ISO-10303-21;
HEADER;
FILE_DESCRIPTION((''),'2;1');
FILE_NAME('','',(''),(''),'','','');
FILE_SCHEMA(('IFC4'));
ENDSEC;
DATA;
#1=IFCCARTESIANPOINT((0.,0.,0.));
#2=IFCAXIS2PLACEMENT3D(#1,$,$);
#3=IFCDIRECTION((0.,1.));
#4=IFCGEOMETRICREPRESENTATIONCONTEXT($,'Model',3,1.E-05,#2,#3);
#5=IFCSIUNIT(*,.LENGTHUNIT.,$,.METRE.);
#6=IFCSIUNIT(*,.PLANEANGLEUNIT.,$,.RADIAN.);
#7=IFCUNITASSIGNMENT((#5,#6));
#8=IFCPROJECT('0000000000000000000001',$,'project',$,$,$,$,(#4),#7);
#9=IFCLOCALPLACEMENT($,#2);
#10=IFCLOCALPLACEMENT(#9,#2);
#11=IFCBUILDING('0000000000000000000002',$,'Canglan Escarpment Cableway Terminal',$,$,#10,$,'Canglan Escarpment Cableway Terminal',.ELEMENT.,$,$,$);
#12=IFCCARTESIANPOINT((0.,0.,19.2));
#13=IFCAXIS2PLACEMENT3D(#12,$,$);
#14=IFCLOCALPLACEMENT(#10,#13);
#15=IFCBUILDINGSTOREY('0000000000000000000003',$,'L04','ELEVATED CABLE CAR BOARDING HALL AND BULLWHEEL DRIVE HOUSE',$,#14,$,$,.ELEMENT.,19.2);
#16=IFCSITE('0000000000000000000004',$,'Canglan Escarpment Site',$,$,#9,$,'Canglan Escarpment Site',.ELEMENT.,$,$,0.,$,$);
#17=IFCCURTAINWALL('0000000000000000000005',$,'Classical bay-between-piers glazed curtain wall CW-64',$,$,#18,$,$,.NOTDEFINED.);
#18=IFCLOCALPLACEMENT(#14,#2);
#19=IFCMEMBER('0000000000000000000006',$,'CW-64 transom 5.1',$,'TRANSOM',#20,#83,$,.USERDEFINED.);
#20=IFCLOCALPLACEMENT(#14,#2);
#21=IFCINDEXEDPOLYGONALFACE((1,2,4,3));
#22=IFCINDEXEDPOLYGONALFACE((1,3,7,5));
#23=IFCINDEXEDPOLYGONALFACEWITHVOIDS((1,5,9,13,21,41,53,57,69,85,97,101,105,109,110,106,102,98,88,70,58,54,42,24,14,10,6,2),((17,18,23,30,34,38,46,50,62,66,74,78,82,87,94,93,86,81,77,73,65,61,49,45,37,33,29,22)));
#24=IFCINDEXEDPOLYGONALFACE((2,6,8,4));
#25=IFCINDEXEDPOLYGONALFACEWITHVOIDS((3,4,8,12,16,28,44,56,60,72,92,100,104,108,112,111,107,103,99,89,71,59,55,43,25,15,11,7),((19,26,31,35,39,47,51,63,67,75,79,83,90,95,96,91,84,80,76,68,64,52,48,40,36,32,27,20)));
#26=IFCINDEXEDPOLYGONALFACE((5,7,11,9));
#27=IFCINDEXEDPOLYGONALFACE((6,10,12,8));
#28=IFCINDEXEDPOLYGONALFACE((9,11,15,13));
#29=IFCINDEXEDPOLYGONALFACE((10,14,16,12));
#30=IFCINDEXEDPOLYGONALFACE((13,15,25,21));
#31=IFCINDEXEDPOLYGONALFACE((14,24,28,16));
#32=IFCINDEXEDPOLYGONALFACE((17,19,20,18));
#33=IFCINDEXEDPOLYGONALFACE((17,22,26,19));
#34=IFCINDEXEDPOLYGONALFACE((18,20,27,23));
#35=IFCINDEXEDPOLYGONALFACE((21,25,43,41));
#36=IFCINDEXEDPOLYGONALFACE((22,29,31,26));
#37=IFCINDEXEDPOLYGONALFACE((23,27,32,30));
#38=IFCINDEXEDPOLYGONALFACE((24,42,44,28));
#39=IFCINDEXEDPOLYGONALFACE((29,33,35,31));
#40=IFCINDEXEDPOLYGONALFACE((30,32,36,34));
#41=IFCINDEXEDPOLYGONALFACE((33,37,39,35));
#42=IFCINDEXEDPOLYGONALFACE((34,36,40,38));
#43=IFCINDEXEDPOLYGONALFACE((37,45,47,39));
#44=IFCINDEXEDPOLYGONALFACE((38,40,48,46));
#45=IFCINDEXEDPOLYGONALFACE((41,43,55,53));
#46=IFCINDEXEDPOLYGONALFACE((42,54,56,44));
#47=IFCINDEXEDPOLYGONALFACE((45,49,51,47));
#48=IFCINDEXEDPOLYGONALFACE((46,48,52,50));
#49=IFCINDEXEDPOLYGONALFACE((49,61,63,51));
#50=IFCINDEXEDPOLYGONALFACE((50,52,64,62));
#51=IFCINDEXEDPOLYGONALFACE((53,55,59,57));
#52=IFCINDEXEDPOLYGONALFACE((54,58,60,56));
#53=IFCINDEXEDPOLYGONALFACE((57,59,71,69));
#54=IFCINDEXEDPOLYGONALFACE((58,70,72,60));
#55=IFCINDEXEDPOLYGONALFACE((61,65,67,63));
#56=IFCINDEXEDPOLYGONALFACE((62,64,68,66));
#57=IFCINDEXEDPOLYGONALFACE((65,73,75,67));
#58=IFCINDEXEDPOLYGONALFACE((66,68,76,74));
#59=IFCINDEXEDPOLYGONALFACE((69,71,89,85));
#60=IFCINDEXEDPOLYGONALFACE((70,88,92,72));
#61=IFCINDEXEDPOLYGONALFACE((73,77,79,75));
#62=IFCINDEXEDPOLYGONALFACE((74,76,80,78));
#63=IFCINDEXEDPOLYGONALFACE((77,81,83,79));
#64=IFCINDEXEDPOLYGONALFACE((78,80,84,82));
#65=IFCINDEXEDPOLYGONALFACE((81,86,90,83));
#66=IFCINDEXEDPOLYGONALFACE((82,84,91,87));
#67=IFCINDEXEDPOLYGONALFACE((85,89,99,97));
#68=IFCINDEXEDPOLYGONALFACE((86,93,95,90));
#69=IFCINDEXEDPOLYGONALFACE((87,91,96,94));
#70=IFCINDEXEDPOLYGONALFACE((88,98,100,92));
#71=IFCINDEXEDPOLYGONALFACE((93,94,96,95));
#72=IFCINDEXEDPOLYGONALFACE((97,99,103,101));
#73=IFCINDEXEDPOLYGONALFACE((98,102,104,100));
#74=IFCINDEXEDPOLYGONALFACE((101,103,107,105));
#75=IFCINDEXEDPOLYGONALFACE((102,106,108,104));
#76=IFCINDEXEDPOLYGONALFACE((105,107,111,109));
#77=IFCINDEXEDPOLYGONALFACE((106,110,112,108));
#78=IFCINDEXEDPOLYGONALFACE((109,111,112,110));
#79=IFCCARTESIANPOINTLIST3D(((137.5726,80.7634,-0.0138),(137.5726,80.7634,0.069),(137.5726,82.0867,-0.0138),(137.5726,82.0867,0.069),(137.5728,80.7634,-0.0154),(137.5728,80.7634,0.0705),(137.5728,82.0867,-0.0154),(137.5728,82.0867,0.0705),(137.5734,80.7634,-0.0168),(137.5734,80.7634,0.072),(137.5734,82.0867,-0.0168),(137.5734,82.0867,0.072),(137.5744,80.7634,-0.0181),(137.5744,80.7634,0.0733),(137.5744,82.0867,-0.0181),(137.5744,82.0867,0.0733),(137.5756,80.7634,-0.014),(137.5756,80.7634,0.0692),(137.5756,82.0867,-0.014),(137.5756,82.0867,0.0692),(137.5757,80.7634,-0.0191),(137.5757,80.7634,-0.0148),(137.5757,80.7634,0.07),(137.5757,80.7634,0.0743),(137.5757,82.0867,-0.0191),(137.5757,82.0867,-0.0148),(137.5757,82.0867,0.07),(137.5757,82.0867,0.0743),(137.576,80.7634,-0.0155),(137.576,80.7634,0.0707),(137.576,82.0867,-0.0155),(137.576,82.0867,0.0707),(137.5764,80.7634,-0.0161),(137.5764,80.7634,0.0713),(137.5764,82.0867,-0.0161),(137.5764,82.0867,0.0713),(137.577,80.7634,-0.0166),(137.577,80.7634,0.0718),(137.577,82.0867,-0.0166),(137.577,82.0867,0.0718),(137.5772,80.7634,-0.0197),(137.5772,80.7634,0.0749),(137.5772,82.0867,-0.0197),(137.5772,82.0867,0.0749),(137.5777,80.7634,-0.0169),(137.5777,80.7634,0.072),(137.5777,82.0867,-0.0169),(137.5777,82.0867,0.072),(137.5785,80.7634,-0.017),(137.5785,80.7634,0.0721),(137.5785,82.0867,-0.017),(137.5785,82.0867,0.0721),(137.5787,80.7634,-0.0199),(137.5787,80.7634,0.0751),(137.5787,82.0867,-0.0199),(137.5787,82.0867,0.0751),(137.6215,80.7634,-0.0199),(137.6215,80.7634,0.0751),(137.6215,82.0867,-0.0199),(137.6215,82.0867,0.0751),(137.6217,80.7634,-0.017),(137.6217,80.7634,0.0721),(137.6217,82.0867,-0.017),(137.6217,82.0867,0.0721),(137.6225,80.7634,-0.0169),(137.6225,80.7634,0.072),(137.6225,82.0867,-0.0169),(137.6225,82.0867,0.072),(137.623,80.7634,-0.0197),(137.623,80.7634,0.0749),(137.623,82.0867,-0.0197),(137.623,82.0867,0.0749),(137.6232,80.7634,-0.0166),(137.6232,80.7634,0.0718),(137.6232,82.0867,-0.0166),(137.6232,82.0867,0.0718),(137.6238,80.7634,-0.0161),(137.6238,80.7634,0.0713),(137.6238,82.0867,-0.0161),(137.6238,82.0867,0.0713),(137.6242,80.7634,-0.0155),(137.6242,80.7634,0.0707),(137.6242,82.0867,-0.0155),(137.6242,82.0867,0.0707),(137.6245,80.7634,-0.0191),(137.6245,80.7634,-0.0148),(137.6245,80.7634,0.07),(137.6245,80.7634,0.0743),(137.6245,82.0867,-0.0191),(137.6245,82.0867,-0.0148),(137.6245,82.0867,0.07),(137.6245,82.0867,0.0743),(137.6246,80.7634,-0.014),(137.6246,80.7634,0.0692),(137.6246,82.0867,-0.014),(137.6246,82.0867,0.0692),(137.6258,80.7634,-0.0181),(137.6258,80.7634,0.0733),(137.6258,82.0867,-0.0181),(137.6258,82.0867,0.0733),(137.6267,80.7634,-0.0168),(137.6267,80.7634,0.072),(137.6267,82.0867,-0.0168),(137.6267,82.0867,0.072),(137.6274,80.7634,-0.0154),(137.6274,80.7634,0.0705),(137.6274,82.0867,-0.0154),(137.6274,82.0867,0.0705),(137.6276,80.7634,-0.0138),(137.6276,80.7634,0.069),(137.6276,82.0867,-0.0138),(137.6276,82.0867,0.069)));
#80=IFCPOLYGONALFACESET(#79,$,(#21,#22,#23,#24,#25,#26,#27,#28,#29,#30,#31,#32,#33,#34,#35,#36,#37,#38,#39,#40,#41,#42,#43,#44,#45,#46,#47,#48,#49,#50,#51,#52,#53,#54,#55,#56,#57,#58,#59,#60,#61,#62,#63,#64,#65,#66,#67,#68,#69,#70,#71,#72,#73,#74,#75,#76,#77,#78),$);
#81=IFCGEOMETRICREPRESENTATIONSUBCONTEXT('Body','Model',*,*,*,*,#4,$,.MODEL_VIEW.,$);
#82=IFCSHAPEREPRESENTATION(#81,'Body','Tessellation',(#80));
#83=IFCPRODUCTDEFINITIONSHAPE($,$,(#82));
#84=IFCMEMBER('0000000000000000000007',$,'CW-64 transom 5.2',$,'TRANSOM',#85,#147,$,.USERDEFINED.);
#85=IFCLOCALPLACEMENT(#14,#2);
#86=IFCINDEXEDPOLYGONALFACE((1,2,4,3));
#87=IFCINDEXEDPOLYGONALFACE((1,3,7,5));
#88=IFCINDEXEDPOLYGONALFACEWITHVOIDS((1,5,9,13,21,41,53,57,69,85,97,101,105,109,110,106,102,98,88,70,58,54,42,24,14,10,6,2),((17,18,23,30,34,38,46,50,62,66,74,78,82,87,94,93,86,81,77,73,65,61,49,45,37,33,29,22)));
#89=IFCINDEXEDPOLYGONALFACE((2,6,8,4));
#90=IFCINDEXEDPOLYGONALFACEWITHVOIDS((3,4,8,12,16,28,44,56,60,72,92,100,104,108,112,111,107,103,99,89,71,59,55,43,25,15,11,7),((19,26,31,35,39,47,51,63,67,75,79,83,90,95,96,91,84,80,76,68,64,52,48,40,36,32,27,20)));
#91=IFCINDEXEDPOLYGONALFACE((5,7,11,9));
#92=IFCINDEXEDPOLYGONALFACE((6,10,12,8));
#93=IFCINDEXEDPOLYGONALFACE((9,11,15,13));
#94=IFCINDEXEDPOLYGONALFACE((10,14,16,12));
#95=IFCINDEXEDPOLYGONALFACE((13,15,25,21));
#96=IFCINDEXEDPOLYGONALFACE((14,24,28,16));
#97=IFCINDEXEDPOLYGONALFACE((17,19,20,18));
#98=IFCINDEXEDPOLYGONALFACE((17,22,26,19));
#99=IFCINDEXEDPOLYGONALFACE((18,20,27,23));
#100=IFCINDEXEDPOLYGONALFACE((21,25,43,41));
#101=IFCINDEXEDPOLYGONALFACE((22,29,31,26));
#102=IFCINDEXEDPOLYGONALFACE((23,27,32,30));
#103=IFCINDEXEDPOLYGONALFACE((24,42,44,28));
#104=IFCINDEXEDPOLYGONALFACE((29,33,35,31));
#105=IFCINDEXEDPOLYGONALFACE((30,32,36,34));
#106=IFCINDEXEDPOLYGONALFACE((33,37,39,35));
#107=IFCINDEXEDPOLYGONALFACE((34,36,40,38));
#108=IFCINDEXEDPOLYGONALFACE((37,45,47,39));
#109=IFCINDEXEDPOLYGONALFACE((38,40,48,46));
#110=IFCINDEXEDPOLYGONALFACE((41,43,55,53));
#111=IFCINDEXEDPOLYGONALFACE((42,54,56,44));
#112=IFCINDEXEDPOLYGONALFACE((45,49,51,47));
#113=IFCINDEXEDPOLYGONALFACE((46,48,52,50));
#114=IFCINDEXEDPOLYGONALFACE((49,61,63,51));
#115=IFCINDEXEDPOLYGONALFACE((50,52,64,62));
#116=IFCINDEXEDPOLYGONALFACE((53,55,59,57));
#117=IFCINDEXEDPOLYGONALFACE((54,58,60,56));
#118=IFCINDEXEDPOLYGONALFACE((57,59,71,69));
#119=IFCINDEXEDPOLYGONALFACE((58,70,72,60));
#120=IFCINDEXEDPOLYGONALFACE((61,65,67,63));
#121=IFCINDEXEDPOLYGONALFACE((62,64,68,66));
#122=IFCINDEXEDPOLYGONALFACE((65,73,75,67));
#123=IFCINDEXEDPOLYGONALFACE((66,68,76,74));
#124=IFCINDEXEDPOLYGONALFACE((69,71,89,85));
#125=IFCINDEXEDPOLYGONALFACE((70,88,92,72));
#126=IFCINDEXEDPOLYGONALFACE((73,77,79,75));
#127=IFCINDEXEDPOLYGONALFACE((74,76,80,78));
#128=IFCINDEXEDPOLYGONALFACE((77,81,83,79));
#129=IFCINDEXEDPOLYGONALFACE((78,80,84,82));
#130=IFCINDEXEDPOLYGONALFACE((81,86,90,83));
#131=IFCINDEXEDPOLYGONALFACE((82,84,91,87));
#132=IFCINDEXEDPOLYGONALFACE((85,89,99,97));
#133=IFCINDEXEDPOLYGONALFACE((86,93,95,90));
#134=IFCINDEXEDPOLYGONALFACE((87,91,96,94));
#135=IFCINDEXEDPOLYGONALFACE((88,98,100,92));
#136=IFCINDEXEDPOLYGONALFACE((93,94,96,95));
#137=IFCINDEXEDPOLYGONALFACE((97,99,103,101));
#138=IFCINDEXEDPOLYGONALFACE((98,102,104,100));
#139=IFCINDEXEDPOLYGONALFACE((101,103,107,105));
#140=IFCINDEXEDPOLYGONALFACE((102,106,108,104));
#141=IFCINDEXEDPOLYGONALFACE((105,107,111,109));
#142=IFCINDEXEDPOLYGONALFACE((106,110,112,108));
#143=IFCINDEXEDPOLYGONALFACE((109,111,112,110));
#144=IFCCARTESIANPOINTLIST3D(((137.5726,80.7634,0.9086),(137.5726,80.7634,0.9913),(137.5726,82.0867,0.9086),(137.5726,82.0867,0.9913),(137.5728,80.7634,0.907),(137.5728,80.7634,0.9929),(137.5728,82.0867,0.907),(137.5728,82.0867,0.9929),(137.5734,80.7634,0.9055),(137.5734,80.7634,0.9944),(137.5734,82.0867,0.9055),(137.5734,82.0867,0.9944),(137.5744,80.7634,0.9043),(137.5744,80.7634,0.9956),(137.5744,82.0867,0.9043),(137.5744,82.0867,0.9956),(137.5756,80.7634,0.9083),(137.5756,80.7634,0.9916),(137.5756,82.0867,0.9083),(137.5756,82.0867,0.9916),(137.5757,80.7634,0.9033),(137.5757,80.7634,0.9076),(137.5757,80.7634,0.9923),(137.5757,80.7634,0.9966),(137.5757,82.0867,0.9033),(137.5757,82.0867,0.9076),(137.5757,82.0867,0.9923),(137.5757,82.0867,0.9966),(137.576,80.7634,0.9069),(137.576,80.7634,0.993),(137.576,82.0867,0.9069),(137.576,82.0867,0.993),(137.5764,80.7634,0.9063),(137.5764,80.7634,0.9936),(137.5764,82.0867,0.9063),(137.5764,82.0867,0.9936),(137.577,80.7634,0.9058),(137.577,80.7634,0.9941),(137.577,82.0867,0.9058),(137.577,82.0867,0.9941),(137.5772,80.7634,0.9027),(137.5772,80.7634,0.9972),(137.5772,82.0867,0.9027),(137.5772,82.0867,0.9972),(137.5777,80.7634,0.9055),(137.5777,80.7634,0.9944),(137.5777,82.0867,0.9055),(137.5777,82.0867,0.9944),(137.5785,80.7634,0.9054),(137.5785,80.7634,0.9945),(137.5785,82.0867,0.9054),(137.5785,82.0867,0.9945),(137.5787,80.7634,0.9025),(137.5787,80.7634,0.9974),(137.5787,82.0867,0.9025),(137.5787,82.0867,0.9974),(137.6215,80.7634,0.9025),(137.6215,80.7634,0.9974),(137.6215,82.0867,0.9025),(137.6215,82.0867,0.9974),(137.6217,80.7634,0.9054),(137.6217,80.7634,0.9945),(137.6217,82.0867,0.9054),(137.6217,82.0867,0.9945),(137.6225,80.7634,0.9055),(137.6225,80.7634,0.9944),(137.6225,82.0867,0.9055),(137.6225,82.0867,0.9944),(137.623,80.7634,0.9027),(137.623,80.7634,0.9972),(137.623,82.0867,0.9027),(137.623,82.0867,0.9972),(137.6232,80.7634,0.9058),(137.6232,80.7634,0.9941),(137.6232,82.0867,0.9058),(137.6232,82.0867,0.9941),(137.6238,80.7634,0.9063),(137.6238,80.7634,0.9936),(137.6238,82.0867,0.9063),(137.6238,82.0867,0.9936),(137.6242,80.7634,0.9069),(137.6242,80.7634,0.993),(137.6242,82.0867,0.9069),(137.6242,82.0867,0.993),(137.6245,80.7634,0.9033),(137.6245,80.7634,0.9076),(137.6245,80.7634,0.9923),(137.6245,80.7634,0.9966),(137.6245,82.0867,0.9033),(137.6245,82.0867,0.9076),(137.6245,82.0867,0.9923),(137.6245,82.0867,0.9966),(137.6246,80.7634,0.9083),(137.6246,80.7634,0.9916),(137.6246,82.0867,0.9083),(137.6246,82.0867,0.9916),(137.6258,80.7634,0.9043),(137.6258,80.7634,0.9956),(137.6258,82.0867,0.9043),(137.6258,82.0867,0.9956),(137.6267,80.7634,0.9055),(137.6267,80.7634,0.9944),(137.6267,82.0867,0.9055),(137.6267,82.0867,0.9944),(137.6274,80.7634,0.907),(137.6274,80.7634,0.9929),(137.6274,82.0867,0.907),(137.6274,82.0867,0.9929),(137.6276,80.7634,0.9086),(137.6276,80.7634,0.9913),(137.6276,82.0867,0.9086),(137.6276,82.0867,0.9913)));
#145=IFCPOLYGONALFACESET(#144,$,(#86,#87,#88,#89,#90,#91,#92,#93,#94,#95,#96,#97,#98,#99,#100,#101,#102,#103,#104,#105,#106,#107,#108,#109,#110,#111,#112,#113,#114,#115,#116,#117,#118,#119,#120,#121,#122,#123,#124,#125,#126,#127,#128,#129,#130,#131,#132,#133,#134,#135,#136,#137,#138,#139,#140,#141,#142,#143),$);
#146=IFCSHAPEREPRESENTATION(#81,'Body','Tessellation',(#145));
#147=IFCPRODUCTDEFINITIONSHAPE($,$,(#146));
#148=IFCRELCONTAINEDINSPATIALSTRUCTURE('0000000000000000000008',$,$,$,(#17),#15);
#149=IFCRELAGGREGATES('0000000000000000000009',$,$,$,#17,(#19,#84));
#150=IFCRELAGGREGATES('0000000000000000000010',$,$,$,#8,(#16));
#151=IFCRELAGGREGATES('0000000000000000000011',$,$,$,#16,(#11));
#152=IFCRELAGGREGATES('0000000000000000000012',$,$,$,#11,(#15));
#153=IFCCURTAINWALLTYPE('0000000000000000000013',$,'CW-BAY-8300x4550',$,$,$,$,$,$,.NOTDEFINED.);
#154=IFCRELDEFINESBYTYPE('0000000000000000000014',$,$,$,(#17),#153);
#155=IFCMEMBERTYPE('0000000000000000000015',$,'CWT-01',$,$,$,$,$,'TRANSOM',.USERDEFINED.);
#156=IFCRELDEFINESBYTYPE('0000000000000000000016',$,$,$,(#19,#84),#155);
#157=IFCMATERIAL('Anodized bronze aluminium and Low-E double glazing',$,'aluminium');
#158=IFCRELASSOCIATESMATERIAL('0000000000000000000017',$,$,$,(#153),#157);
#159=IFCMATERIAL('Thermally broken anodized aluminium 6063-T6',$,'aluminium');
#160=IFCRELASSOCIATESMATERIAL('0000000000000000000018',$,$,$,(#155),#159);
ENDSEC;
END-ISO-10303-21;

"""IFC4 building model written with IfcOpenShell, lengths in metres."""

from ifc_helpers import new_model, si_unit, direction, frame, origin, origin_2d, place, context, subcontext, project, spatial, hollow_rectangle, extrude, material, material_profile, profile_set, type_object, element, aggregate, save


model = new_model("IFC4")

# Units and contexts
model_context = context("Model", 3, precision=1e-05, world=origin(), true_north=direction((0.0, 1.0)))
body_context = subcontext(model_context, "Body", "Model", "MODEL_VIEW")
ifc_project = project(units=[si_unit("LENGTHUNIT", "METRE"), si_unit("PLANEANGLEUNIT", "RADIAN")], contexts=[model_context])

# Site, building, storey
site_placement = place(None, origin())
site = spatial("IfcSite", under=ifc_project, at=site_placement, Name="Canglan Escarpment Site", LongName="Canglan Escarpment Site", CompositionType="ELEMENT", RefElevation=0.0)
building_placement = place(site_placement, origin())
building = spatial("IfcBuilding", under=site, at=building_placement, Name="Canglan Escarpment Cableway Terminal", LongName="Canglan Escarpment Cableway Terminal", CompositionType="ELEMENT")
storey_placement = place(building_placement, frame((0.0, 0.0, 19.2)))
storey = spatial("IfcBuildingStorey", under=building, at=storey_placement, Name="L04", Description="ELEVATED CABLE CAR BOARDING HALL AND BULLWHEEL DRIVE HOUSE", CompositionType="ELEMENT", Elevation=19.2)

# Curtain wall
ifc_material_1 = material(Name="Anodized bronze aluminium and Low-E double glazing", Category="aluminium")
curtain_wall_type = type_object("IfcCurtainWallType", Name="CW-BAY-8300x4550", PredefinedType="NOTDEFINED", material=ifc_material_1)
curtain_wall_1_placement = place(storey_placement, origin())
curtain_wall_1 = element("IfcCurtainWall", 1, at=curtain_wall_1_placement, inside=storey, type_object=curtain_wall_type, Name="Classical bay-between-piers glazed curtain wall CW-64", PredefinedType="NOTDEFINED")
ifc_material_2 = material(Name="Thermally broken anodized aluminium 6063-T6", Category="aluminium")

# Members
ifc_material_profile_1 = material_profile(ifc_material_2, hollow_rectangle(XDim=0.0549, YDim=0.095, WallThickness=0.0029, InnerFilletRadius=0.0029, OuterFilletRadius=0.0061, at=origin_2d()), Name="ALU-TRAN 55x95x3")
ifc_profile_set_1 = profile_set([ifc_material_profile_1], Name="Thermally broken anodized aluminium 6063-T6")
member_type_1 = type_object("IfcMemberType", Name="CWT-01", ElementType="TRANSOM", PredefinedType="USERDEFINED", material=ifc_profile_set_1)
member_1_placement = place(storey_placement, frame((137.6001, 82.0867, 0.0276), z_axis=(0.0, -1.0, 0.0), x_axis=(1.0, 0.0, 0.0)))
member_1 = element("IfcMember", 2, at=member_1_placement, type_object=member_type_1, Name="CW-64 transom 5.1", ObjectType="TRANSOM", PredefinedType="USERDEFINED", context=body_context, shape_type="SweptSolid", body=[
    extrude(hollow_rectangle(XDim=0.0549, YDim=0.095, WallThickness=0.0029, InnerFilletRadius=0.0029, OuterFilletRadius=0.0061, at=origin_2d()), origin(), (0.0, 0.0, 1.0), 1.3232),
])
member_2_placement = place(storey_placement, frame((137.6001, 82.0867, 0.95), z_axis=(0.0, -1.0, 0.0), x_axis=(1.0, 0.0, 0.0)))
member_2 = element("IfcMember", 3, at=member_2_placement, type_object=member_type_1, Name="CW-64 transom 5.2", ObjectType="TRANSOM", PredefinedType="USERDEFINED", context=body_context, shape_type="SweptSolid", body=[
    extrude(hollow_rectangle(XDim=0.0549, YDim=0.095, WallThickness=0.0029, InnerFilletRadius=0.0029, OuterFilletRadius=0.0061, at=origin_2d()), origin(), (0.0, 0.0, 1.0), 1.3232),
])

aggregate(curtain_wall_1, [member_1, member_2])

save(model, "model.ifc")
